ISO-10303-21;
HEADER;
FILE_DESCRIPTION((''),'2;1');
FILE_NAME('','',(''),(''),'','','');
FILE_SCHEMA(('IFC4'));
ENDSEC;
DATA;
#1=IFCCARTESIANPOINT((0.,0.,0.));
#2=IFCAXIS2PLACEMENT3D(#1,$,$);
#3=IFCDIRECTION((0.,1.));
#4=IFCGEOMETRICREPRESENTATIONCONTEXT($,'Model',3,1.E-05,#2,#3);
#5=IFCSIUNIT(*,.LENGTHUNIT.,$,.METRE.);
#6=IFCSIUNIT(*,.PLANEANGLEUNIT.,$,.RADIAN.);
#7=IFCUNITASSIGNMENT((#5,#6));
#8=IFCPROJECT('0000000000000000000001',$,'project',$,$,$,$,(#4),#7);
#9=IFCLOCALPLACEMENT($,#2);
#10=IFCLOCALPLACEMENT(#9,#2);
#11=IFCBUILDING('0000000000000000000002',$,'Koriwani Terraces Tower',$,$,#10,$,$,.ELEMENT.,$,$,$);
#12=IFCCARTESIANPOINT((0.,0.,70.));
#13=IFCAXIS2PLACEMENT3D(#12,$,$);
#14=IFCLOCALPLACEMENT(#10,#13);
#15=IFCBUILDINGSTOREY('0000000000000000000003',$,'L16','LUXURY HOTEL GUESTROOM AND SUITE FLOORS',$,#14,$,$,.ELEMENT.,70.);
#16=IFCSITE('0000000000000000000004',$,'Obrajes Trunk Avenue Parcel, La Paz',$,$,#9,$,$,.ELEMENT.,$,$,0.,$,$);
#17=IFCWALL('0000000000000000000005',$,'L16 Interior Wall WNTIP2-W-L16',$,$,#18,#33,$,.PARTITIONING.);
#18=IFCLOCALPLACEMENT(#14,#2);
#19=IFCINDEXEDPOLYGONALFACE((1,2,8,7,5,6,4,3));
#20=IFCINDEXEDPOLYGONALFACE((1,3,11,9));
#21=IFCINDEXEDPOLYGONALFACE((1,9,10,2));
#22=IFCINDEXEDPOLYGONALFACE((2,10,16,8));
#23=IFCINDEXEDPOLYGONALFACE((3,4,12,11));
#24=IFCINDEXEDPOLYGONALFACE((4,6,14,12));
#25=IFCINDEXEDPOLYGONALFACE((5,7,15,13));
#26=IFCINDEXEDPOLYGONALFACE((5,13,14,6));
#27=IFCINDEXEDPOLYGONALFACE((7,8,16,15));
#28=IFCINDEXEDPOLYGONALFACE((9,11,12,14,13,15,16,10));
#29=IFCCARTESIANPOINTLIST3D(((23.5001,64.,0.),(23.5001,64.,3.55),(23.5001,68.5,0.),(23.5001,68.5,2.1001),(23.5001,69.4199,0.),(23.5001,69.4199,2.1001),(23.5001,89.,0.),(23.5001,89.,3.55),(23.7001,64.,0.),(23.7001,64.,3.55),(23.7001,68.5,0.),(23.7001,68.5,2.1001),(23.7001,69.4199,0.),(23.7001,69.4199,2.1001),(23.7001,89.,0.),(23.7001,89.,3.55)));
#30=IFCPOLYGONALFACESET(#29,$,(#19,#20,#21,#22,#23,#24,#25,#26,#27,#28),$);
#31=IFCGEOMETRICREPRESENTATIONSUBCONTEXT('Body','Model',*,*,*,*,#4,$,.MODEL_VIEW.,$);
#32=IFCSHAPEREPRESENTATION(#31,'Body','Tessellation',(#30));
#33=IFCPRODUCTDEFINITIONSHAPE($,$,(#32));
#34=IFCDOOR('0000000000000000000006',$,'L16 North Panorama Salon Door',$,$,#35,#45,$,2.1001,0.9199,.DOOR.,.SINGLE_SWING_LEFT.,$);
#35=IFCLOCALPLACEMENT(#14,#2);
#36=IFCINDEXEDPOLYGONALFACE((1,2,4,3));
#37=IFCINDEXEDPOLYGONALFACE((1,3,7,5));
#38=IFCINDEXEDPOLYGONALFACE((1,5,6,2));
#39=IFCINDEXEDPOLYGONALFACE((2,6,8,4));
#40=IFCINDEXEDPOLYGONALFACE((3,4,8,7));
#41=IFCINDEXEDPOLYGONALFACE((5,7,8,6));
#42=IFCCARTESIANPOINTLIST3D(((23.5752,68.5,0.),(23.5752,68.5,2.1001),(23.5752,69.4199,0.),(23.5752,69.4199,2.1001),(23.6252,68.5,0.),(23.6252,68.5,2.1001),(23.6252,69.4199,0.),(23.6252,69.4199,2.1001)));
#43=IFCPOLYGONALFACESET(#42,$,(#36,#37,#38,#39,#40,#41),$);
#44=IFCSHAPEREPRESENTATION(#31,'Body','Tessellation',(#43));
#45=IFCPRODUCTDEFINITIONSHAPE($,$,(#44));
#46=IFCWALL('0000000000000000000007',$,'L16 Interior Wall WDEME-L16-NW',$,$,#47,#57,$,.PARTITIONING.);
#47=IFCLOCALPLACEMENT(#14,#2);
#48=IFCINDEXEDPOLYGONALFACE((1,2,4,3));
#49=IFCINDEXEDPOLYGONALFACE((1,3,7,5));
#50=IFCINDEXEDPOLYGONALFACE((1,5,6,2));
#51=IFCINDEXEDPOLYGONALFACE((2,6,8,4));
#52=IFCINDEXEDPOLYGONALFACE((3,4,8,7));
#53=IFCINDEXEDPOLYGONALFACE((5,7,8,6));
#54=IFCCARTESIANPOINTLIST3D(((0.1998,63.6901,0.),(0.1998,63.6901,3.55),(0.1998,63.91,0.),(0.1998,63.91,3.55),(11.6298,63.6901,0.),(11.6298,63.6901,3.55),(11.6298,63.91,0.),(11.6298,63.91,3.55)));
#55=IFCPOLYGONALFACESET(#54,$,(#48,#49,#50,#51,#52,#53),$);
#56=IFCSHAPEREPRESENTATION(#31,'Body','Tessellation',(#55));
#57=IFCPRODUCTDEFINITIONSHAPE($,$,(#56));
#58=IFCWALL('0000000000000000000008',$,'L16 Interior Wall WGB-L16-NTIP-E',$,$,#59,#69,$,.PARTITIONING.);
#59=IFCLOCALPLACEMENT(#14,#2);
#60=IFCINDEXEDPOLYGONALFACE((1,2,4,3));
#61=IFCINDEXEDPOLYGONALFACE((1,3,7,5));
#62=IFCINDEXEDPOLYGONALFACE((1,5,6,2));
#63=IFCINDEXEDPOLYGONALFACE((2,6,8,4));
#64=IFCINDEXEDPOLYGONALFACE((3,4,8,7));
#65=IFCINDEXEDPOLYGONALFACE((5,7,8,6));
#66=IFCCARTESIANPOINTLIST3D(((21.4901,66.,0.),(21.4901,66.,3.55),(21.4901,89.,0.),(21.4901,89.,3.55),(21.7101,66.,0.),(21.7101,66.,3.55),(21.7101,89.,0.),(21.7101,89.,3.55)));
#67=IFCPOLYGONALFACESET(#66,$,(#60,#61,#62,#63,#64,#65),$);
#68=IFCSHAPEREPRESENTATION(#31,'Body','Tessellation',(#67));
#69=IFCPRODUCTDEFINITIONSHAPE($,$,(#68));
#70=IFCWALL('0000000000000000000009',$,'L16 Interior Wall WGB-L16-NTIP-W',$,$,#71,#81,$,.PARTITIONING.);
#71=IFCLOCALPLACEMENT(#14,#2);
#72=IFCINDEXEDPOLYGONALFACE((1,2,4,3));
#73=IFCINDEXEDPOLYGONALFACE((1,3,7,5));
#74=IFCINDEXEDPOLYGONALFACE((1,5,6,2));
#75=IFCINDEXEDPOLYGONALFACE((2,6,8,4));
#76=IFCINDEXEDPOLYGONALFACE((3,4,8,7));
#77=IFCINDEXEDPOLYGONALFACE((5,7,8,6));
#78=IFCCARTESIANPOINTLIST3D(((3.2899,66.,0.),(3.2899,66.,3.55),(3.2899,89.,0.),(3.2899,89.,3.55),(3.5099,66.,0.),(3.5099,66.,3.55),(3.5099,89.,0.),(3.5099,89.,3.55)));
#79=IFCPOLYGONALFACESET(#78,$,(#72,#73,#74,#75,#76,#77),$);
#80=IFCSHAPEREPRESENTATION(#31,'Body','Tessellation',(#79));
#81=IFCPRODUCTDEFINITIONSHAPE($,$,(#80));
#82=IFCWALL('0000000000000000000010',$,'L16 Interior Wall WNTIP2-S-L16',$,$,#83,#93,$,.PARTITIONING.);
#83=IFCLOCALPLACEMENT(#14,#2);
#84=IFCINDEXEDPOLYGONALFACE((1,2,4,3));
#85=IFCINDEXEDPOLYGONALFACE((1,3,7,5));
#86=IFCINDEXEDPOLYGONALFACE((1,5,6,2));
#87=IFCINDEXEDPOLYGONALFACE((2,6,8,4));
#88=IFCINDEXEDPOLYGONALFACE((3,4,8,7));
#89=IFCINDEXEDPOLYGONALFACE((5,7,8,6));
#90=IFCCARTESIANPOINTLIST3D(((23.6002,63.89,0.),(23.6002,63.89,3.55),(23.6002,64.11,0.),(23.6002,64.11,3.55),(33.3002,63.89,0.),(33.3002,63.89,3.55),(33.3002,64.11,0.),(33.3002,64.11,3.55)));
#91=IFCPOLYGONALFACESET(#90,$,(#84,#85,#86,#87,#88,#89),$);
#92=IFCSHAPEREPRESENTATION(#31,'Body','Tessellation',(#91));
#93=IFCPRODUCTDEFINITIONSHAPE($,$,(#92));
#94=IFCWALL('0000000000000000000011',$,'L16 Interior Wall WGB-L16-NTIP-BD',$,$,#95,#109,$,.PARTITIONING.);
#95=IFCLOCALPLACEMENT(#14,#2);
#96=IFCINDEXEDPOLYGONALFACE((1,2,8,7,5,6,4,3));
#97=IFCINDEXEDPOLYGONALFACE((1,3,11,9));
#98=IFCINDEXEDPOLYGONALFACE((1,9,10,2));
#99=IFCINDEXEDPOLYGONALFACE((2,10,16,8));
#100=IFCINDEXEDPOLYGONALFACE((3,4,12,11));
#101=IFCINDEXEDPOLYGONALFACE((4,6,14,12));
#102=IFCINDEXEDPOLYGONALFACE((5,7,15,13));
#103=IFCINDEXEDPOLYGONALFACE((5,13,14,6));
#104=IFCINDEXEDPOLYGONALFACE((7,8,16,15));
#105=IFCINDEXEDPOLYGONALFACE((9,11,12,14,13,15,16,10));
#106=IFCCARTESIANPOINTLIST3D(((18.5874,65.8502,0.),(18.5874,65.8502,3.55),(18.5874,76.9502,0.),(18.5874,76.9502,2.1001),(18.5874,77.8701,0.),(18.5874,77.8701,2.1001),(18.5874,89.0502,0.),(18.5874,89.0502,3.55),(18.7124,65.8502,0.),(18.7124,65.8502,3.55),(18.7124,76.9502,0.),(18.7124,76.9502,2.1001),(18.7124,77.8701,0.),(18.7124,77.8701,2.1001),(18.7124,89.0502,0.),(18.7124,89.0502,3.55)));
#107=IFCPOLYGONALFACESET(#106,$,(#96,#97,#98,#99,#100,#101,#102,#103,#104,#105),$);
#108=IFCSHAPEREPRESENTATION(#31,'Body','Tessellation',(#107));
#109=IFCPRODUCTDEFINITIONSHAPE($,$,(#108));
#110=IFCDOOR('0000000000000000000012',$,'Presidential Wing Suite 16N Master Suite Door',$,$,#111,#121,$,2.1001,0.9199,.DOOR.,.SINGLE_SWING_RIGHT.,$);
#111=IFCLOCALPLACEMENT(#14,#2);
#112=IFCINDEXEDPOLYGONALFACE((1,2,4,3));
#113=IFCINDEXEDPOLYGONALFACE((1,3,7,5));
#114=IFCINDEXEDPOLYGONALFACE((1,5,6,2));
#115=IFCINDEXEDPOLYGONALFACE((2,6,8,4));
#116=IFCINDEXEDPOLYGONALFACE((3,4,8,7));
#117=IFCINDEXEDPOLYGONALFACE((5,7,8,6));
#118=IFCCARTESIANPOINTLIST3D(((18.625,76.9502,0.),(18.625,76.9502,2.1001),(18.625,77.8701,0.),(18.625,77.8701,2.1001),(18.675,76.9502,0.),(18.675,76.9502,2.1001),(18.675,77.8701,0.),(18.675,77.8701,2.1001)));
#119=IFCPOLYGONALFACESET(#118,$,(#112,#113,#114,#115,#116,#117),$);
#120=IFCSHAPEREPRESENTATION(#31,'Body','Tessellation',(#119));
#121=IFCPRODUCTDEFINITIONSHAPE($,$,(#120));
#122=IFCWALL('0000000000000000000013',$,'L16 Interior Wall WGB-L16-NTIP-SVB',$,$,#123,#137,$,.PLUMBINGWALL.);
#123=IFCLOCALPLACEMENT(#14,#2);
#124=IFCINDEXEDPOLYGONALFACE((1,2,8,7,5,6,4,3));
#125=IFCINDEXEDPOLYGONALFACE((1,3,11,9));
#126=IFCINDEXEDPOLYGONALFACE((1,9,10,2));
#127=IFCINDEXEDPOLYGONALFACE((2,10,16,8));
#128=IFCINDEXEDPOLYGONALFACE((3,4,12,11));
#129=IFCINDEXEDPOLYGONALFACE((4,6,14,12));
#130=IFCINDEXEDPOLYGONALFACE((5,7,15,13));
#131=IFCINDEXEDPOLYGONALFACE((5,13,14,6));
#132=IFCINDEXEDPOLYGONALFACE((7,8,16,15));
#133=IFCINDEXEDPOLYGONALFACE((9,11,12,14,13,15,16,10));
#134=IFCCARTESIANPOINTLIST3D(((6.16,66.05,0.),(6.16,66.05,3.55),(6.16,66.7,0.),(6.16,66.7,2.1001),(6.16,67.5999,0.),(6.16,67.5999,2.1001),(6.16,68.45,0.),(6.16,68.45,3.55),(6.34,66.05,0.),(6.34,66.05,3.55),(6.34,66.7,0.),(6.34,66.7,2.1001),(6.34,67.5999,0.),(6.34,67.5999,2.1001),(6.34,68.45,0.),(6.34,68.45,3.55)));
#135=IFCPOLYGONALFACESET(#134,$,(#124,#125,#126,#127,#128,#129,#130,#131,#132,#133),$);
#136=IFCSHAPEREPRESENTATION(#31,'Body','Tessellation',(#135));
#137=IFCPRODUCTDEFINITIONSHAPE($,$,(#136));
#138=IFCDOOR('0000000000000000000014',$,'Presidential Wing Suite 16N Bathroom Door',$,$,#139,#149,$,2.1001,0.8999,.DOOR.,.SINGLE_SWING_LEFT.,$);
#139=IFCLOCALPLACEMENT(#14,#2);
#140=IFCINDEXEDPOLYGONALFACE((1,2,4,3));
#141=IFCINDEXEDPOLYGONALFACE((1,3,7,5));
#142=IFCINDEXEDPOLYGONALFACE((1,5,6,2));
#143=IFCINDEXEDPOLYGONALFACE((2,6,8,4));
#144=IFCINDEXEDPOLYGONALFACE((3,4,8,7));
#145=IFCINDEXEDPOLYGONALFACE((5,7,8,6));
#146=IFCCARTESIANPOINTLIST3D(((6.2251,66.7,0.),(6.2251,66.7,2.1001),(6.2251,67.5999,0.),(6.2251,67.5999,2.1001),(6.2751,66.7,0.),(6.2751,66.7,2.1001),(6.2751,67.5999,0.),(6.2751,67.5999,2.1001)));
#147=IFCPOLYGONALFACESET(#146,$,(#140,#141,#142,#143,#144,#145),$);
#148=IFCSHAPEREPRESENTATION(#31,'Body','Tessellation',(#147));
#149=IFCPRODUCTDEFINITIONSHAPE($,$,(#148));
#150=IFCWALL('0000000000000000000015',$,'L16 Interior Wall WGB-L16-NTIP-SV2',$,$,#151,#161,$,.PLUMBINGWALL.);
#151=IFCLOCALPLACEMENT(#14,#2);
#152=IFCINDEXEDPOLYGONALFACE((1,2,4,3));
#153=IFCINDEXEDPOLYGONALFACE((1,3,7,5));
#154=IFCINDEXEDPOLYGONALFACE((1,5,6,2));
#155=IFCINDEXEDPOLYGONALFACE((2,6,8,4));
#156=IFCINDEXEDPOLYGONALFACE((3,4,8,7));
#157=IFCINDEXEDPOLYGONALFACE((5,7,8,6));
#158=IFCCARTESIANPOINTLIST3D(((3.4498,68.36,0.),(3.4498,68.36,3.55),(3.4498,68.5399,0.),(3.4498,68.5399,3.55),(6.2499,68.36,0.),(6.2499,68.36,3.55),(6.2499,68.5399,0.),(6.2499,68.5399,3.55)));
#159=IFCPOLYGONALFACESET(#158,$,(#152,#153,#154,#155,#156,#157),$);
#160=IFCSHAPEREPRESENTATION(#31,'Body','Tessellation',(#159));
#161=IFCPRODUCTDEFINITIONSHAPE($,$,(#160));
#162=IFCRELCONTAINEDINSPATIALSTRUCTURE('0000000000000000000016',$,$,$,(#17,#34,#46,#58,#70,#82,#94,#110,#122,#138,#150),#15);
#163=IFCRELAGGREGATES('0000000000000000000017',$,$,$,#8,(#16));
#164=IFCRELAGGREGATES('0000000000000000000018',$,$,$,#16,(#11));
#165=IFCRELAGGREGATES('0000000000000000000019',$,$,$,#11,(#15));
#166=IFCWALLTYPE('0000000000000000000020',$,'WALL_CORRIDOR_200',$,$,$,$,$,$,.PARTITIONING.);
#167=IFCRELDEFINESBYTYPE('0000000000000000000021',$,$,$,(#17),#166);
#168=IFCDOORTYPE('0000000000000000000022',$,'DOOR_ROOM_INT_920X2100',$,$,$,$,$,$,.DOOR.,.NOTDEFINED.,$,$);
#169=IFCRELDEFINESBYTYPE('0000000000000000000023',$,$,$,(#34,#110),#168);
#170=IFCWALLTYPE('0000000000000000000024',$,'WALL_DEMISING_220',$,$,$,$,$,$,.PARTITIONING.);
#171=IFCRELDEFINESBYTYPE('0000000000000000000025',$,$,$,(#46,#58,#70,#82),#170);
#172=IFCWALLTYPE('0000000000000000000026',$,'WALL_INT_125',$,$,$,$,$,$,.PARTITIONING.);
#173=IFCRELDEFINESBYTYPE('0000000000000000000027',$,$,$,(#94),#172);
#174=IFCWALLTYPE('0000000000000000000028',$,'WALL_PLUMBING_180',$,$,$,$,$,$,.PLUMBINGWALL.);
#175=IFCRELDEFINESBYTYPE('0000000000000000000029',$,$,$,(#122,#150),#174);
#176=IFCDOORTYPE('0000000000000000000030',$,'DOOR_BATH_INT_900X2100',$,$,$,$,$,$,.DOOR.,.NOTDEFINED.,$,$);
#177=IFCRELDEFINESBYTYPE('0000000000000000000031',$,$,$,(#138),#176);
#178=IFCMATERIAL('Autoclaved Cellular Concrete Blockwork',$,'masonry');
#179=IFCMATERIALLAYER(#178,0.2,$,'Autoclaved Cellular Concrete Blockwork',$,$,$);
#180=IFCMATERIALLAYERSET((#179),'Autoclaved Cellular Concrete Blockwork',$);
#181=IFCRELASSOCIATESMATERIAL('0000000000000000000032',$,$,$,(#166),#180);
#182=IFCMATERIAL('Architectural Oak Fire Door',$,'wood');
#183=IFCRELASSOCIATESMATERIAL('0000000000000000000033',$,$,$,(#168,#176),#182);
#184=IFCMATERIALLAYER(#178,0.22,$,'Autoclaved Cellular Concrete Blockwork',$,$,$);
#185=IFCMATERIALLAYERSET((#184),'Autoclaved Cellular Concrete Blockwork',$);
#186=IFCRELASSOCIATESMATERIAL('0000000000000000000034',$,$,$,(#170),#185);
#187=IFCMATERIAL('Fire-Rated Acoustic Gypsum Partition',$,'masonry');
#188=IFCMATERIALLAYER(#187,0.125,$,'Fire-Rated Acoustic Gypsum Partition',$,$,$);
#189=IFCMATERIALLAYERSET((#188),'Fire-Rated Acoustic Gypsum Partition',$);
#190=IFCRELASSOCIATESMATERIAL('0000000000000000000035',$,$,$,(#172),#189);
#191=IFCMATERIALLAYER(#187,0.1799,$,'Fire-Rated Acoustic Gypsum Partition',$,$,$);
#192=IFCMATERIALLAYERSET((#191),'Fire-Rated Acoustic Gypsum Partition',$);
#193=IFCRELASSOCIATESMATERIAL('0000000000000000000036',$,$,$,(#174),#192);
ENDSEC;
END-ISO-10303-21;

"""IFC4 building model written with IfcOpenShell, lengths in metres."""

from ifc_helpers import new_model, si_unit, direction, frame, frame_2d, origin, place, context, subcontext, project, spatial, rectangle, extrude, material, layer, layer_set, type_object, element, fill, save


model = new_model("IFC4")

# Units and contexts
model_context = context("Model", 3, precision=1e-05, world=origin(), true_north=direction((0.0, 1.0)))
body_context = subcontext(model_context, "Body", "Model", "MODEL_VIEW")
ifc_project = project(units=[si_unit("LENGTHUNIT", "METRE"), si_unit("PLANEANGLEUNIT", "RADIAN")], contexts=[model_context])

# Site, building, storey
site_placement = place(None, origin())
site = spatial("IfcSite", under=ifc_project, at=site_placement, Name="Obrajes Trunk Avenue Parcel, La Paz", CompositionType="ELEMENT", RefElevation=0.0)
building_placement = place(site_placement, origin())
building = spatial("IfcBuilding", under=site, at=building_placement, Name="Koriwani Terraces Tower", CompositionType="ELEMENT")
storey_placement = place(building_placement, frame((0.0, 0.0, 70.0)))
storey = spatial("IfcBuildingStorey", under=building, at=storey_placement, Name="L16", Description="LUXURY HOTEL GUESTROOM AND SUITE FLOORS", CompositionType="ELEMENT", Elevation=70.0)

# Wall, opening, door
ifc_material_1 = material(Name="Autoclaved Cellular Concrete Blockwork", Category="masonry")
ifc_layer_1 = layer(ifc_material_1, 0.2, Name="Autoclaved Cellular Concrete Blockwork")
ifc_layer_set_1 = layer_set([ifc_layer_1], Name="Autoclaved Cellular Concrete Blockwork")
wall_type_1 = type_object("IfcWallType", Name="WALL_CORRIDOR_200", PredefinedType="PARTITIONING", material=ifc_layer_set_1)
ifc_material_2 = material(Name="Architectural Oak Fire Door", Category="wood")
wall_1_placement = place(storey_placement, frame((23.6001, 64.0, 0.0), z_axis=(0.0, 0.0, 1.0), x_axis=(0.0, 1.0, 0.0)))
wall_1 = element("IfcWall", 1, at=wall_1_placement, inside=storey, type_object=wall_type_1, Name="L16 Interior Wall WNTIP2-W-L16", PredefinedType="PARTITIONING", context=body_context, shape_type="SweptSolid", body=[
    extrude(rectangle(XDim=25.0, YDim=0.2, at=frame_2d((12.5, 0.0))), origin(), (0.0, 0.0, 1.0), 3.55),
])
opening_1_placement = place(wall_1_placement, frame((4.5, 0.0, 0.0)))
opening_1 = element("IfcOpeningElement", 2, at=opening_1_placement, cuts=wall_1, PredefinedType="OPENING", context=body_context, shape_type="SweptSolid", body=[
    extrude(rectangle(XDim=0.9199, YDim=2.1001, at=frame_2d((0.46, 1.05))), frame((0.0, 0.1099, 0.0), z_axis=(0.0, -1.0, 0.0), x_axis=(1.0, 0.0, 0.0)), (0.0, 0.0, 1.0), 0.22),
])
door_type_1 = type_object("IfcDoorType", Name="DOOR_ROOM_INT_920X2100", OperationType="NOTDEFINED", PredefinedType="DOOR", material=ifc_material_2)
door_1_placement = place(opening_1_placement, origin())
door_1 = element("IfcDoor", 3, at=door_1_placement, inside=storey, type_object=door_type_1, Name="L16 North Panorama Salon Door", OperationType="SINGLE_SWING_LEFT", OverallHeight=2.1001, OverallWidth=0.9199, PredefinedType="DOOR", context=body_context, shape_type="SweptSolid", body=[
    extrude(rectangle(XDim=0.9199, YDim=2.1001, at=frame_2d((0.46, 1.05))), frame((0.0, 0.0249, 0.0), z_axis=(0.0, -1.0, 0.0), x_axis=(1.0, 0.0, 0.0)), (0.0, 0.0, 1.0), 0.05),
])
fill(opening_1, door_1)

# Walls
ifc_layer_2 = layer(ifc_material_1, 0.22, Name="Autoclaved Cellular Concrete Blockwork")
ifc_layer_set_2 = layer_set([ifc_layer_2], Name="Autoclaved Cellular Concrete Blockwork")
wall_type_2 = type_object("IfcWallType", Name="WALL_DEMISING_220", PredefinedType="PARTITIONING", material=ifc_layer_set_2)
wall_2_placement = place(storey_placement, frame((0.2, 63.8, 0.0), z_axis=(0.0, 0.0, 1.0), x_axis=(1.0, 0.0, 0.0)))
element("IfcWall", 4, at=wall_2_placement, inside=storey, type_object=wall_type_2, Name="L16 Interior Wall WDEME-L16-NW", PredefinedType="PARTITIONING", context=body_context, shape_type="SweptSolid", body=[
    extrude(rectangle(XDim=11.4299, YDim=0.22, at=frame_2d((5.7148, 0.0))), origin(), (0.0, 0.0, 1.0), 3.55),
])
for number, where, z_axis, x_axis, name in (
    (5, (21.6001, 66.0, 0.0), (0.0, 0.0, 1.0), (0.0, 1.0, 0.0), "L16 Interior Wall WGB-L16-NTIP-E"),
    (6, (3.3999, 66.0, 0.0), (0.0, 0.0, 1.0), (0.0, 1.0, 0.0), "L16 Interior Wall WGB-L16-NTIP-W"),
):
    element("IfcWall", number, at=place(storey_placement, frame(where, z_axis=z_axis, x_axis=x_axis)), inside=storey, type_object=wall_type_2, Name=name, PredefinedType="PARTITIONING", context=body_context, shape_type="SweptSolid", body=[
        extrude(rectangle(XDim=23.0, YDim=0.22, at=frame_2d((11.5, 0.0))), origin(), (0.0, 0.0, 1.0), 3.55),
    ])
wall_3_placement = place(storey_placement, frame((23.6001, 64.0, 0.0), z_axis=(0.0, 0.0, 1.0), x_axis=(1.0, 0.0, 0.0)))
element("IfcWall", 7, at=wall_3_placement, inside=storey, type_object=wall_type_2, Name="L16 Interior Wall WNTIP2-S-L16", PredefinedType="PARTITIONING", context=body_context, shape_type="SweptSolid", body=[
    extrude(rectangle(XDim=9.7, YDim=0.22, at=frame_2d((4.8501, 0.0))), origin(), (0.0, 0.0, 1.0), 3.55),
])

# Walls, openings, doors
ifc_material_3 = material(Name="Fire-Rated Acoustic Gypsum Partition", Category="masonry")
ifc_layer_3 = layer(ifc_material_3, 0.125, Name="Fire-Rated Acoustic Gypsum Partition")
ifc_layer_set_3 = layer_set([ifc_layer_3], Name="Fire-Rated Acoustic Gypsum Partition")
wall_type_3 = type_object("IfcWallType", Name="WALL_INT_125", PredefinedType="PARTITIONING", material=ifc_layer_set_3)
wall_4_placement = place(storey_placement, frame((18.6499, 65.8501, 0.0), z_axis=(0.0, 0.0, 1.0), x_axis=(0.0, 1.0, 0.0)))
wall_4 = element("IfcWall", 8, at=wall_4_placement, inside=storey, type_object=wall_type_3, Name="L16 Interior Wall WGB-L16-NTIP-BD", PredefinedType="PARTITIONING", context=body_context, shape_type="SweptSolid", body=[
    extrude(rectangle(XDim=23.2, YDim=0.125, at=frame_2d((11.6001, 0.0))), origin(), (0.0, 0.0, 1.0), 3.55),
])
opening_2_placement = place(wall_4_placement, frame((11.1001, 0.0, 0.0)))
opening_2 = element("IfcOpeningElement", 9, at=opening_2_placement, cuts=wall_4, PredefinedType="OPENING", context=body_context, shape_type="SweptSolid", body=[
    extrude(rectangle(XDim=0.9199, YDim=2.1001, at=frame_2d((0.46, 1.05))), frame((0.0, 0.0725, 0.0), z_axis=(0.0, -1.0, 0.0), x_axis=(1.0, 0.0, 0.0)), (0.0, 0.0, 1.0), 0.145),
])
door_2_placement = place(opening_2_placement, origin())
door_2 = element("IfcDoor", 10, at=door_2_placement, inside=storey, type_object=door_type_1, Name="Presidential Wing Suite 16N Master Suite Door", OperationType="SINGLE_SWING_RIGHT", OverallHeight=2.1001, OverallWidth=0.9199, PredefinedType="DOOR", context=body_context, shape_type="SweptSolid", body=[
    extrude(rectangle(XDim=0.9199, YDim=2.1001, at=frame_2d((0.46, 1.05))), frame((0.0, 0.0249, 0.0), z_axis=(0.0, -1.0, 0.0), x_axis=(1.0, 0.0, 0.0)), (0.0, 0.0, 1.0), 0.05),
])
fill(opening_2, door_2)
ifc_layer_4 = layer(ifc_material_3, 0.1799, Name="Fire-Rated Acoustic Gypsum Partition")
ifc_layer_set_4 = layer_set([ifc_layer_4], Name="Fire-Rated Acoustic Gypsum Partition")
wall_type_4 = type_object("IfcWallType", Name="WALL_PLUMBING_180", PredefinedType="PLUMBINGWALL", material=ifc_layer_set_4)
wall_5_placement = place(storey_placement, frame((6.25, 66.05, 0.0), z_axis=(0.0, 0.0, 1.0), x_axis=(0.0, 1.0, 0.0)))
wall_5 = element("IfcWall", 11, at=wall_5_placement, inside=storey, type_object=wall_type_4, Name="L16 Interior Wall WGB-L16-NTIP-SVB", PredefinedType="PLUMBINGWALL", context=body_context, shape_type="SweptSolid", body=[
    extrude(rectangle(XDim=2.3999, YDim=0.1799, at=frame_2d((1.2, 0.0))), origin(), (0.0, 0.0, 1.0), 3.55),
])
opening_3_placement = place(wall_5_placement, frame((0.6499, 0.0, 0.0)))
opening_3 = element("IfcOpeningElement", 12, at=opening_3_placement, cuts=wall_5, PredefinedType="OPENING", context=body_context, shape_type="SweptSolid", body=[
    extrude(rectangle(XDim=0.8999, YDim=2.1001, at=frame_2d((0.45, 1.05))), frame((0.0, 0.1001, 0.0), z_axis=(0.0, -1.0, 0.0), x_axis=(1.0, 0.0, 0.0)), (0.0, 0.0, 1.0), 0.2),
])
door_type_2 = type_object("IfcDoorType", Name="DOOR_BATH_INT_900X2100", OperationType="NOTDEFINED", PredefinedType="DOOR", material=ifc_material_2)
door_3_placement = place(opening_3_placement, origin())
door_3 = element("IfcDoor", 13, at=door_3_placement, inside=storey, type_object=door_type_2, Name="Presidential Wing Suite 16N Bathroom Door", OperationType="SINGLE_SWING_LEFT", OverallHeight=2.1001, OverallWidth=0.8999, PredefinedType="DOOR", context=body_context, shape_type="SweptSolid", body=[
    extrude(rectangle(XDim=0.8999, YDim=2.1001, at=frame_2d((0.45, 1.05))), frame((0.0, 0.0249, 0.0), z_axis=(0.0, -1.0, 0.0), x_axis=(1.0, 0.0, 0.0)), (0.0, 0.0, 1.0), 0.05),
])
fill(opening_3, door_3)

# Wall
wall_6_placement = place(storey_placement, frame((3.45, 68.45, 0.0), z_axis=(0.0, 0.0, 1.0), x_axis=(1.0, 0.0, 0.0)))
element("IfcWall", 14, at=wall_6_placement, inside=storey, type_object=wall_type_4, Name="L16 Interior Wall WGB-L16-NTIP-SV2", PredefinedType="PLUMBINGWALL", context=body_context, shape_type="SweptSolid", body=[
    extrude(rectangle(XDim=2.8, YDim=0.1799, at=frame_2d((1.3999, 0.0))), origin(), (0.0, 0.0, 1.0), 3.55),
])

save(model, "model.ifc")
